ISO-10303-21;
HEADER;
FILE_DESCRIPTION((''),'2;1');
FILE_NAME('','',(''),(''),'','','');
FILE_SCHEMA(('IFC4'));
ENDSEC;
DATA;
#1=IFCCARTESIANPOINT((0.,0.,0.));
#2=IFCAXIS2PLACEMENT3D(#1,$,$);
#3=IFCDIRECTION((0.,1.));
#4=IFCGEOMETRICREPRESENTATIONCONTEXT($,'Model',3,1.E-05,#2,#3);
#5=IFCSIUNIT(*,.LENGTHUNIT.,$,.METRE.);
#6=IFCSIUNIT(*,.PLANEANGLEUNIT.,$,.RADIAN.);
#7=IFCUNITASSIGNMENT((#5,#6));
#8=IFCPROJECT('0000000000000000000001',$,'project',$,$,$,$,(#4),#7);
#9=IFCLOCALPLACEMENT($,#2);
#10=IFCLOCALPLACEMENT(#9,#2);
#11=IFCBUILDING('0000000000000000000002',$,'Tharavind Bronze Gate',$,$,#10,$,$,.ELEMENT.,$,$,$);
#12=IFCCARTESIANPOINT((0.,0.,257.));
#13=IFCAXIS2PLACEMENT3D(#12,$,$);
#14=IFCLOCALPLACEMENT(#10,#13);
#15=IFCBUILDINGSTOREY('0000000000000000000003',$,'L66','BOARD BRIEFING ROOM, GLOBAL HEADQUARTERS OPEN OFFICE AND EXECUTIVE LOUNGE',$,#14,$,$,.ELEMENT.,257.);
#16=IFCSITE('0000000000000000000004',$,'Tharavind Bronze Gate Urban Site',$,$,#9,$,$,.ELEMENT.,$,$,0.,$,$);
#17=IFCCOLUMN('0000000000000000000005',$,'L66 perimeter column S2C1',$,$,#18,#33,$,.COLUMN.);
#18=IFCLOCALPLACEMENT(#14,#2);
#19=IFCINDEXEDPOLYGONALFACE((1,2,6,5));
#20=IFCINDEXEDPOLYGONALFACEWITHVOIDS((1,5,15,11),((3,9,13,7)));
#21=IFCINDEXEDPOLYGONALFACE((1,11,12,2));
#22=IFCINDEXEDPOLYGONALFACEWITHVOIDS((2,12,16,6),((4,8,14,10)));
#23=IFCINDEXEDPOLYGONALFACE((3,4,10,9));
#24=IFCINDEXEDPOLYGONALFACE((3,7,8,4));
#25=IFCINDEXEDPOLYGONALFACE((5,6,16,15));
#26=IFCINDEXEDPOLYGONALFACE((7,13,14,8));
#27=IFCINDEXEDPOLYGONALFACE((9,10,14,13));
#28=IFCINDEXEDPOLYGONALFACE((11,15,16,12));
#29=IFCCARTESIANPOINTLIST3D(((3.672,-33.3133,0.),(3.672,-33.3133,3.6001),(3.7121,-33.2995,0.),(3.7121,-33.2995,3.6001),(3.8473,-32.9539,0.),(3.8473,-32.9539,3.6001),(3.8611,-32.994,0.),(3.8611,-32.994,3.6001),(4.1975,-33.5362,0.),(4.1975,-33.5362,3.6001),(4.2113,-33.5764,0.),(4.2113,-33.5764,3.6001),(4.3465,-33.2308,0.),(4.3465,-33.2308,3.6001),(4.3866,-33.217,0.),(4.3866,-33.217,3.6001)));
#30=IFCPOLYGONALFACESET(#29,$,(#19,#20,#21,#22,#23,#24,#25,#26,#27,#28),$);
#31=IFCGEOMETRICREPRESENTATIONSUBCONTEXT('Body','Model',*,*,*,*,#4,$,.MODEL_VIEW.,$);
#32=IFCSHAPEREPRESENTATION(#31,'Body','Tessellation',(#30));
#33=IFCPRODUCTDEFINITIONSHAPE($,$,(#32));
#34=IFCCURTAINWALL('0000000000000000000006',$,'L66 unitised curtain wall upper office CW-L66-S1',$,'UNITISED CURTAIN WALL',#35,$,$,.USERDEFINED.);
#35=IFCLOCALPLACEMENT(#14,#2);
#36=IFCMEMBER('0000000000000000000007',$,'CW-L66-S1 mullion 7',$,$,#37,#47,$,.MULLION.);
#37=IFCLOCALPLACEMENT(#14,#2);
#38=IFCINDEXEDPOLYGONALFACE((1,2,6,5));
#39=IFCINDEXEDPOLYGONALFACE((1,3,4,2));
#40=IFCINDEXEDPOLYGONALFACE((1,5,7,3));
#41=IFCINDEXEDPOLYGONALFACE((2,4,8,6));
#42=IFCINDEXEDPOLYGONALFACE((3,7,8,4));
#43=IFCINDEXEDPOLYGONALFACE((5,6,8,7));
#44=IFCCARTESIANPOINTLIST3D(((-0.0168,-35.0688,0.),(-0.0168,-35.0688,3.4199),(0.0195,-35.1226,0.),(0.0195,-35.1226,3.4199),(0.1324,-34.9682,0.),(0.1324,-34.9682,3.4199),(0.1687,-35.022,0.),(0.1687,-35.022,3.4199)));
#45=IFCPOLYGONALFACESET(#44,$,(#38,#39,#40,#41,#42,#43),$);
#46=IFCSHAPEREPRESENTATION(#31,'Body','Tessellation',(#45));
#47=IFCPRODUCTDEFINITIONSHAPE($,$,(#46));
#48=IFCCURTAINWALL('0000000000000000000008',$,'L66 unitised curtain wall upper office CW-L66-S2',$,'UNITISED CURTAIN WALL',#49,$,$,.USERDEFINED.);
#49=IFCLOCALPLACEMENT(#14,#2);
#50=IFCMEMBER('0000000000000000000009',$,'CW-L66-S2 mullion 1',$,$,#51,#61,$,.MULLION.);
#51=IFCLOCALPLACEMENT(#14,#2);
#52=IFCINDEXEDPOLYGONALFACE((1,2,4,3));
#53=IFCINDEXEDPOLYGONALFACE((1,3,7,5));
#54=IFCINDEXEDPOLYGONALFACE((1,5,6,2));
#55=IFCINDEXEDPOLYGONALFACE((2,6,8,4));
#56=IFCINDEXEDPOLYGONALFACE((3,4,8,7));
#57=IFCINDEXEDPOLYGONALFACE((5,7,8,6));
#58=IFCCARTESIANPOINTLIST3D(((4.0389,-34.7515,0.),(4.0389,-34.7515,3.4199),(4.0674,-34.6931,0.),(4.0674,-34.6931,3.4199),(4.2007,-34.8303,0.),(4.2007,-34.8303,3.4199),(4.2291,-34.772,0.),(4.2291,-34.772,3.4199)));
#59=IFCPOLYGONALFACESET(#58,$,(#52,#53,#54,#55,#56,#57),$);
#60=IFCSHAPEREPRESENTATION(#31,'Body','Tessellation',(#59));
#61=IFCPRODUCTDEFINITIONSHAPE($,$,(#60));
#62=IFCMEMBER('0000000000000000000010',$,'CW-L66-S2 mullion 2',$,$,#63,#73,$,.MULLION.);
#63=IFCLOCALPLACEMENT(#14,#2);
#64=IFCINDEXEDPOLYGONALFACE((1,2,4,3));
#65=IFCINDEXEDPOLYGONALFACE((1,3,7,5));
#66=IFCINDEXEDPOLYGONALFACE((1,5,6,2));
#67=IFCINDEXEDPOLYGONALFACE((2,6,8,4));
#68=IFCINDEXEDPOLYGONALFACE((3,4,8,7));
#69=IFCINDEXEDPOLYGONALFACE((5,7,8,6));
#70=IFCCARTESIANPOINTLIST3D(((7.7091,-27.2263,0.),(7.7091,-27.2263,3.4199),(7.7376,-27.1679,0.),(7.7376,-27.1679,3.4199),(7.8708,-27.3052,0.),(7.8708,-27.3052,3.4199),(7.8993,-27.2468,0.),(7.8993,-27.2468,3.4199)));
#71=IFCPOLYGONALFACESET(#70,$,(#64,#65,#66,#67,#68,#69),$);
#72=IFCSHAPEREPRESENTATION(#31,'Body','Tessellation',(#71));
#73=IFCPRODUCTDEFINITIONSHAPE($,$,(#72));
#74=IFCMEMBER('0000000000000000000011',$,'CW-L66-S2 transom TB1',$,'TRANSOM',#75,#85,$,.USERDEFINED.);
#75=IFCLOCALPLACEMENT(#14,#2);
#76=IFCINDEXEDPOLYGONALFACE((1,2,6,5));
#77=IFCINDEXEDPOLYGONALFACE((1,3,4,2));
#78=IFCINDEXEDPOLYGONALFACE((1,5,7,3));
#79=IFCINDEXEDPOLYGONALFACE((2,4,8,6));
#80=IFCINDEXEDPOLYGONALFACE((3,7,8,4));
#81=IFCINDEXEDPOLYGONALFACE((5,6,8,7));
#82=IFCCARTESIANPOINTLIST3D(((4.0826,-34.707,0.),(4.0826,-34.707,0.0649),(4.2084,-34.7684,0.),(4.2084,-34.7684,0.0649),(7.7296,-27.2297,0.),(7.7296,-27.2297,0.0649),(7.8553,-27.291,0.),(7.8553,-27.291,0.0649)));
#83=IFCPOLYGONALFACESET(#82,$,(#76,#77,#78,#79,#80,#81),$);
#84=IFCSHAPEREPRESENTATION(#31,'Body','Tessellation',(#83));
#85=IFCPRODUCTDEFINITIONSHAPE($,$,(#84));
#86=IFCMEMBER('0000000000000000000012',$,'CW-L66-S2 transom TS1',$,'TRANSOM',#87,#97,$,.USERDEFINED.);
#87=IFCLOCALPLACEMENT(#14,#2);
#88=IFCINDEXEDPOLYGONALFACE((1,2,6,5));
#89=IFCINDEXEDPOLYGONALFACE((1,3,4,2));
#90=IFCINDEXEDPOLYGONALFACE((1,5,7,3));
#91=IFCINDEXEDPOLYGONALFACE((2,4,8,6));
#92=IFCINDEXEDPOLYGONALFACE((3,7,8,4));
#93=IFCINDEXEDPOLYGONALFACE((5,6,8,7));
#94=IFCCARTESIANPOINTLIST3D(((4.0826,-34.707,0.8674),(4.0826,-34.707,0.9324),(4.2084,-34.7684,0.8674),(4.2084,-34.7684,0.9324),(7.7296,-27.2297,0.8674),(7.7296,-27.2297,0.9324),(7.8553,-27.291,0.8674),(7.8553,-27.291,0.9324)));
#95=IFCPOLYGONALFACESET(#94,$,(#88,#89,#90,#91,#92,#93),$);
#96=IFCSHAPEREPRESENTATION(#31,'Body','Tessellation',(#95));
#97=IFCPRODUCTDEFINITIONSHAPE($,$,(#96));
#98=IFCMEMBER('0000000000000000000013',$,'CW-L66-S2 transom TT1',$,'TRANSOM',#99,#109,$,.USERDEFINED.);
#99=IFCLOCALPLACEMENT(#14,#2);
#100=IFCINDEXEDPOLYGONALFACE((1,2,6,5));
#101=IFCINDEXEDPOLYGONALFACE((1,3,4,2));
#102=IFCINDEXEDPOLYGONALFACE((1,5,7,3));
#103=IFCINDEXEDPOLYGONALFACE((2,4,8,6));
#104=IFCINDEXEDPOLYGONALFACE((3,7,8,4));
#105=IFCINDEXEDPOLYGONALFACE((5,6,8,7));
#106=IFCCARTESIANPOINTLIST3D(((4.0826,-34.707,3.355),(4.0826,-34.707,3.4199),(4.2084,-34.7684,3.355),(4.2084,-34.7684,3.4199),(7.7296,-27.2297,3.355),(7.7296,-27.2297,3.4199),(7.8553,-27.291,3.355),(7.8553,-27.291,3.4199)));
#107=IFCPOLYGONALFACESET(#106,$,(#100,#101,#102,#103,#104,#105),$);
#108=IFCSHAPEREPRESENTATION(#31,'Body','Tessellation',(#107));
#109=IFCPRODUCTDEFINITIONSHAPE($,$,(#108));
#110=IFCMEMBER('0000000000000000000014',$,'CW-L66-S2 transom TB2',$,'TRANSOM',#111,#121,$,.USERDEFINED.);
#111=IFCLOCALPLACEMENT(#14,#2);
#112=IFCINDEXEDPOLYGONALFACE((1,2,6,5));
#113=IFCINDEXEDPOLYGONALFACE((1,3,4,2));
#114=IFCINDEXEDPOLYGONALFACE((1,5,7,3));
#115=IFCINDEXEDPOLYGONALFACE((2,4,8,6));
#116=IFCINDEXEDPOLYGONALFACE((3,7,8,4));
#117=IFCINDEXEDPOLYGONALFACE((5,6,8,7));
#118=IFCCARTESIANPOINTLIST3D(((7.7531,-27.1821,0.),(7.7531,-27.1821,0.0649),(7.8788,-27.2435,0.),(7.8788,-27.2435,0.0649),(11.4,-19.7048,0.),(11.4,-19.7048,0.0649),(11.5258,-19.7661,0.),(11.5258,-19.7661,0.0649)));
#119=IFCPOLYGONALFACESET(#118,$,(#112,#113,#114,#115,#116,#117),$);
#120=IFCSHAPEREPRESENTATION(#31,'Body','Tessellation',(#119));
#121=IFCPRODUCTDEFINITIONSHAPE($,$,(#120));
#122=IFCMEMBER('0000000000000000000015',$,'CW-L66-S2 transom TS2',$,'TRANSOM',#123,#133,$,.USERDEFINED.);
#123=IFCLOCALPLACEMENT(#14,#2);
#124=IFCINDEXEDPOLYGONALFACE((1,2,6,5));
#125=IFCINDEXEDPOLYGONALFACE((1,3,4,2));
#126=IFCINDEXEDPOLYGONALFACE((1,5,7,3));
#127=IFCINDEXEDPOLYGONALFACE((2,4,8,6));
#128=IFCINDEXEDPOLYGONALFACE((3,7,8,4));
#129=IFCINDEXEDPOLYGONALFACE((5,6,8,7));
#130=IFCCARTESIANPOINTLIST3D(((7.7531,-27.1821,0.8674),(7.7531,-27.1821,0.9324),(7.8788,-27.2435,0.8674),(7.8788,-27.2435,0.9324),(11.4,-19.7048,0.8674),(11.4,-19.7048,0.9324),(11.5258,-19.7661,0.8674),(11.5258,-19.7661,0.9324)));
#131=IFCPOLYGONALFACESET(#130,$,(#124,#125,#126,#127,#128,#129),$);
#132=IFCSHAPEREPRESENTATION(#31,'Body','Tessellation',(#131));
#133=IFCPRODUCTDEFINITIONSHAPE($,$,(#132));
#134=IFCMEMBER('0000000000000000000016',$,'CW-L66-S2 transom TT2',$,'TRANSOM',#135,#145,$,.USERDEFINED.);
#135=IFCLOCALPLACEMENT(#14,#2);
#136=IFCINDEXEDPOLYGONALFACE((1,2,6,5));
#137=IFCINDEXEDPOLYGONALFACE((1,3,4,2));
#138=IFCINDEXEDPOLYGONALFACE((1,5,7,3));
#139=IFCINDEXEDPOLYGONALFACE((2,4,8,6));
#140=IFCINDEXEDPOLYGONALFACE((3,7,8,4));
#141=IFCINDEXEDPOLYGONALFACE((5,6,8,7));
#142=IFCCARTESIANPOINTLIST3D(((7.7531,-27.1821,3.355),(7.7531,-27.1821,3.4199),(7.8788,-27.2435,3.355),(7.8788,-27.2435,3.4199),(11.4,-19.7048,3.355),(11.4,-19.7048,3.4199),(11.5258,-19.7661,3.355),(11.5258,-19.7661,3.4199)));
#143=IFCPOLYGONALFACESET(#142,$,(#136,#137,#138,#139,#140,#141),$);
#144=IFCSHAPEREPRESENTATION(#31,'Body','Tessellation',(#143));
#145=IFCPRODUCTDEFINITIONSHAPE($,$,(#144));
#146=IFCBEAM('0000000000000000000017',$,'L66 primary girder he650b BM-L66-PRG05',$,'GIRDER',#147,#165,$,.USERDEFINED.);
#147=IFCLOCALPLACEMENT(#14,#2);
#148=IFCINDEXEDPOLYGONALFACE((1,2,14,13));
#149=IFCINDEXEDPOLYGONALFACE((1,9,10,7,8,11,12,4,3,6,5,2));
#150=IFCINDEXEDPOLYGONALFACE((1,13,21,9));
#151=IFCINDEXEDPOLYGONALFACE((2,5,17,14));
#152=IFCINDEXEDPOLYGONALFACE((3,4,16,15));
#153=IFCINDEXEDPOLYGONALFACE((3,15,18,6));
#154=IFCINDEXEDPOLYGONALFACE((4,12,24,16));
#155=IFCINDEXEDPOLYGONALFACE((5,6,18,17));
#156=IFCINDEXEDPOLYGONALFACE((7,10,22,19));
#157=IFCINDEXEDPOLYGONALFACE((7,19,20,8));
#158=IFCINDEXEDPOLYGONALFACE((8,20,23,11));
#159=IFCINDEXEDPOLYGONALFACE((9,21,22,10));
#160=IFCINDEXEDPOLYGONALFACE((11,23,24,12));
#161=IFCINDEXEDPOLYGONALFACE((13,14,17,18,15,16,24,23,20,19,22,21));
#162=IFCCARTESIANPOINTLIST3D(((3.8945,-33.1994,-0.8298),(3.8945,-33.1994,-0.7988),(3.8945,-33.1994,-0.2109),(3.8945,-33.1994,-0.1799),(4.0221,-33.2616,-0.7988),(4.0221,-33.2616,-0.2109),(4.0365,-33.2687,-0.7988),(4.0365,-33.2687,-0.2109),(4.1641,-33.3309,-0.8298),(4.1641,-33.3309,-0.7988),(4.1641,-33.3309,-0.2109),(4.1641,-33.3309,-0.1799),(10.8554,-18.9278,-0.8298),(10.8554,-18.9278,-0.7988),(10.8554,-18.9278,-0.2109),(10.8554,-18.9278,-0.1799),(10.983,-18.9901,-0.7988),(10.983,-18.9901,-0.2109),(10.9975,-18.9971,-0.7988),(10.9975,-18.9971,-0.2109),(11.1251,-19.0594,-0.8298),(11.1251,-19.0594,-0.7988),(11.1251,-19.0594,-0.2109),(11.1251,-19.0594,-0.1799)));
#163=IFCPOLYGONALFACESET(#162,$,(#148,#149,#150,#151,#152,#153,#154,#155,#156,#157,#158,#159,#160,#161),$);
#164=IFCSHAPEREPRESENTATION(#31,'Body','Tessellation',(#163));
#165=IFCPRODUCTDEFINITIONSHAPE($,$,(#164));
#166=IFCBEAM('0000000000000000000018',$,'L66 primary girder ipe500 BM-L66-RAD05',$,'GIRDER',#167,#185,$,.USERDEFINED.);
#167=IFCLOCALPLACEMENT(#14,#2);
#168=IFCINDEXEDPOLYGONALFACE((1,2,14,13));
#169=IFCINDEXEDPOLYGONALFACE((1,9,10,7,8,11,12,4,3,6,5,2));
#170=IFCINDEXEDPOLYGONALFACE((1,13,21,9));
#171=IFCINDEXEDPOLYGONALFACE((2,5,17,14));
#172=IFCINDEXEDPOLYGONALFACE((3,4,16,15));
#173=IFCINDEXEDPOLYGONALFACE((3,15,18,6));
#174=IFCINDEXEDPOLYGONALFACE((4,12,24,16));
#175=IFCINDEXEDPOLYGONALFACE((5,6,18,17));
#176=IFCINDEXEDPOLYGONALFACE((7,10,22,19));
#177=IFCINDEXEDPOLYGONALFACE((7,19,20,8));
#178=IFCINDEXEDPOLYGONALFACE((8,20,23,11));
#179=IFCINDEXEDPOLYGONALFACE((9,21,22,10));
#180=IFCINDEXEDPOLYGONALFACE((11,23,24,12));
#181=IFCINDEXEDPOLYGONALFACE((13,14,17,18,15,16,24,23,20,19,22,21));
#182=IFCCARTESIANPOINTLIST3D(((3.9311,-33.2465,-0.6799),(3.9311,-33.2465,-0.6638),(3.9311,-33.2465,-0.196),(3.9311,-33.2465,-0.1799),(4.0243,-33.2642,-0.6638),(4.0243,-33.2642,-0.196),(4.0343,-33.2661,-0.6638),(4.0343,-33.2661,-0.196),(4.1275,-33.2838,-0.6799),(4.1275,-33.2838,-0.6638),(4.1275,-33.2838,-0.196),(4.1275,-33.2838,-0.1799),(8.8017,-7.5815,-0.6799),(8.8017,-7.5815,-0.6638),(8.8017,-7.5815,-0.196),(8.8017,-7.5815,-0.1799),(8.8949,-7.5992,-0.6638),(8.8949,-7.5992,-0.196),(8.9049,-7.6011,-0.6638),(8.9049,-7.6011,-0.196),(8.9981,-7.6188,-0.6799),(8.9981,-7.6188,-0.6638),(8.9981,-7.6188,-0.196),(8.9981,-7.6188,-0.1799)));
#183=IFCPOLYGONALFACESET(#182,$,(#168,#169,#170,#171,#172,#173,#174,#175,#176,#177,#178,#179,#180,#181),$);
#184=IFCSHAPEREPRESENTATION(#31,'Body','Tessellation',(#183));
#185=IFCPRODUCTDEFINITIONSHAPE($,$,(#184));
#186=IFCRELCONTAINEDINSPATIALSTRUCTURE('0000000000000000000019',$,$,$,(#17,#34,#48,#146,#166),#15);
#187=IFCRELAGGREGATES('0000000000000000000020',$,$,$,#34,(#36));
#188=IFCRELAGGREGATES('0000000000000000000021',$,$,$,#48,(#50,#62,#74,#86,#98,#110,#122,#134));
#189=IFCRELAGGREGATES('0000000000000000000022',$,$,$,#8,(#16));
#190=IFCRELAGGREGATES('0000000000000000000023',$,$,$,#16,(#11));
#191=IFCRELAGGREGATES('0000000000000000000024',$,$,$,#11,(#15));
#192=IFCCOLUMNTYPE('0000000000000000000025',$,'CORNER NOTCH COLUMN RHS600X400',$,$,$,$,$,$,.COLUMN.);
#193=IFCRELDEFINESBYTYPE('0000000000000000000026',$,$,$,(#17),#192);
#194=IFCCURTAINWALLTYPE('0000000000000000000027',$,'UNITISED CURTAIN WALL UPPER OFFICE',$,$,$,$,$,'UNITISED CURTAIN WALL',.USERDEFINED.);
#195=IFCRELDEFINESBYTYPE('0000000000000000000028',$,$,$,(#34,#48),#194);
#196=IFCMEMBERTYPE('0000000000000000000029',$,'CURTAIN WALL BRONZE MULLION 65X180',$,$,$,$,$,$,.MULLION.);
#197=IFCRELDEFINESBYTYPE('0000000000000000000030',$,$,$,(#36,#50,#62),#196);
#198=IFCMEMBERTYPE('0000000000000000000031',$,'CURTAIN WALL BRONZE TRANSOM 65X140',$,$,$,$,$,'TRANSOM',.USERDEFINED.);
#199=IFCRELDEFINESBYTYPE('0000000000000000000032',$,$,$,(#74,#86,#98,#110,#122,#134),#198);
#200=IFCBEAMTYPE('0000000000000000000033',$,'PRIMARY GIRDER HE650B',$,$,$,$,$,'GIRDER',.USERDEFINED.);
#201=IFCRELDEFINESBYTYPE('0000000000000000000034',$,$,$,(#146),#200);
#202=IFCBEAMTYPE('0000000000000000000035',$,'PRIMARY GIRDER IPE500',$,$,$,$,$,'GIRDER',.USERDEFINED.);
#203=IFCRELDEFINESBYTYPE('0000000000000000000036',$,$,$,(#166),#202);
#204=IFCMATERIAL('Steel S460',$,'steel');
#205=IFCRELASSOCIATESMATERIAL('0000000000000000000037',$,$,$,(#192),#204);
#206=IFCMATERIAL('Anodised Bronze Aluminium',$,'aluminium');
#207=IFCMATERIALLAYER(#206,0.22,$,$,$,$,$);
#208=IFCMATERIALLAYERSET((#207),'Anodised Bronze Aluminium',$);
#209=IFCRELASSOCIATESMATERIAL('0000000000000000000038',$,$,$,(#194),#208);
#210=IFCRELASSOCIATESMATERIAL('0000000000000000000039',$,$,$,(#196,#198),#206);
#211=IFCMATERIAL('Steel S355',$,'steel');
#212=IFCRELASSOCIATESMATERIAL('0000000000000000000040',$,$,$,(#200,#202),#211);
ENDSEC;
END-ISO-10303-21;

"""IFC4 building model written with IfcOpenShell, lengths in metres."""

from ifc_helpers import new_model, si_unit, direction, frame, origin, origin_2d, place, context, subcontext, project, spatial, rectangle, hollow_rectangle, i_section, extrude, material, layer, layer_set, material_profile, profile_set, type_object, element, aggregate, save


model = new_model("IFC4")

# Units and contexts
model_context = context("Model", 3, precision=1e-05, world=origin(), true_north=direction((0.0, 1.0)))
body_context = subcontext(model_context, "Body", "Model", "MODEL_VIEW")
ifc_project = project(units=[si_unit("LENGTHUNIT", "METRE"), si_unit("PLANEANGLEUNIT", "RADIAN")], contexts=[model_context])

# Site, building, storey
site_placement = place(None, origin())
site = spatial("IfcSite", under=ifc_project, at=site_placement, Name="Tharavind Bronze Gate Urban Site", CompositionType="ELEMENT", RefElevation=0.0)
building_placement = place(site_placement, origin())
building = spatial("IfcBuilding", under=site, at=building_placement, Name="Tharavind Bronze Gate", CompositionType="ELEMENT")
storey_placement = place(building_placement, frame((0.0, 0.0, 257.0)))
storey = spatial("IfcBuildingStorey", under=building, at=storey_placement, Name="L66", Description="BOARD BRIEFING ROOM, GLOBAL HEADQUARTERS OPEN OFFICE AND EXECUTIVE LOUNGE", CompositionType="ELEMENT", Elevation=257.0)

# Column
ifc_material_1 = material(Name="Steel S460", Category="steel")
ifc_material_profile_1 = material_profile(ifc_material_1, hollow_rectangle(XDim=0.3999, YDim=0.6001, WallThickness=0.03, at=origin_2d()), Name="RHS600X400X30")
ifc_profile_set_1 = profile_set([ifc_material_profile_1], Name="Steel S460")
column_type = type_object("IfcColumnType", Name="CORNER NOTCH COLUMN RHS600X400", PredefinedType="COLUMN", material=ifc_profile_set_1)
column_placement = place(storey_placement, frame((4.0293, -33.2651, 0.0), z_axis=(0.0, 0.0, 1.0), x_axis=(0.438373, 0.898793, 0.0)))
element("IfcColumn", 1, at=column_placement, inside=storey, type_object=column_type, Name="L66 perimeter column S2C1", PredefinedType="COLUMN", context=body_context, shape_type="SweptSolid", body=[
    extrude(hollow_rectangle(XDim=0.3999, YDim=0.6001, WallThickness=0.03, at=origin_2d()), origin(), (0.0, 0.0, 1.0), 3.6001),
])

# Curtain wall, member
ifc_material_2 = material(Name="Anodised Bronze Aluminium", Category="aluminium")
ifc_layer_1 = layer(ifc_material_2, 0.22)
ifc_layer_set_1 = layer_set([ifc_layer_1], Name="Anodised Bronze Aluminium")
curtain_wall_type = type_object("IfcCurtainWallType", Name="UNITISED CURTAIN WALL UPPER OFFICE", ElementType="UNITISED CURTAIN WALL", PredefinedType="USERDEFINED", material=ifc_layer_set_1)
curtain_wall_1_placement = place(storey_placement, origin())
curtain_wall_1 = element("IfcCurtainWall", 2, at=curtain_wall_1_placement, inside=storey, type_object=curtain_wall_type, Name="L66 unitised curtain wall upper office CW-L66-S1", ObjectType="UNITISED CURTAIN WALL", PredefinedType="USERDEFINED")
member_type_1 = type_object("IfcMemberType", Name="CURTAIN WALL BRONZE MULLION 65X180", PredefinedType="MULLION", material=ifc_material_2)
member_1_placement = place(storey_placement, frame((0.0759, -35.0454, 0.0), z_axis=(0.0, 0.0, 1.0), x_axis=(0.559191, -0.829039, 0.0)))
member_1 = element("IfcMember", 3, at=member_1_placement, type_object=member_type_1, Name="CW-L66-S1 mullion 7", PredefinedType="MULLION", context=body_context, shape_type="SweptSolid", body=[
    extrude(rectangle(XDim=0.0649, YDim=0.1799, at=origin_2d()), origin(), (0.0, 0.0, 1.0), 3.4199),
])
aggregate(curtain_wall_1, [member_1])

# Curtain wall, members
curtain_wall_2_placement = place(storey_placement, origin())
curtain_wall_2 = element("IfcCurtainWall", 4, at=curtain_wall_2_placement, inside=storey, type_object=curtain_wall_type, Name="L66 unitised curtain wall upper office CW-L66-S2", ObjectType="UNITISED CURTAIN WALL", PredefinedType="USERDEFINED")
member_2_placement = place(storey_placement, frame((4.134, -34.7617, 0.0), z_axis=(0.0, 0.0, 1.0), x_axis=(0.438373, 0.898793, 0.0)))
member_2 = element("IfcMember", 5, at=member_2_placement, type_object=member_type_1, Name="CW-L66-S2 mullion 1", PredefinedType="MULLION", context=body_context, shape_type="SweptSolid", body=[
    extrude(rectangle(XDim=0.0649, YDim=0.1799, at=origin_2d()), origin(), (0.0, 0.0, 1.0), 3.4199),
])
member_3_placement = place(storey_placement, frame((7.8042, -27.2366, 0.0), z_axis=(0.0, 0.0, 1.0), x_axis=(0.438373, 0.898793, 0.0)))
member_3 = element("IfcMember", 6, at=member_3_placement, type_object=member_type_1, Name="CW-L66-S2 mullion 2", PredefinedType="MULLION", context=body_context, shape_type="SweptSolid", body=[
    extrude(rectangle(XDim=0.0649, YDim=0.1799, at=origin_2d()), origin(), (0.0, 0.0, 1.0), 3.4199),
])
member_type_2 = type_object("IfcMemberType", Name="CURTAIN WALL BRONZE TRANSOM 65X140", ElementType="TRANSOM", PredefinedType="USERDEFINED", material=ifc_material_2)
member_4_placement = place(storey_placement, frame((5.969, -30.999, 0.0), z_axis=(0.0, 0.0, 1.0), x_axis=(0.438373, 0.898793, 0.0)))
member_4 = element("IfcMember", 7, at=member_4_placement, type_object=member_type_2, Name="CW-L66-S2 transom TB1", ObjectType="TRANSOM", PredefinedType="USERDEFINED", context=body_context, shape_type="SweptSolid", body=[
    extrude(rectangle(XDim=8.3193, YDim=0.1399, at=origin_2d()), origin(), (0.0, 0.0, 1.0), 0.0649),
])
member_5_placement = place(storey_placement, frame((5.969, -30.999, 0.8674), z_axis=(0.0, 0.0, 1.0), x_axis=(0.438373, 0.898793, 0.0)))
member_5 = element("IfcMember", 8, at=member_5_placement, type_object=member_type_2, Name="CW-L66-S2 transom TS1", ObjectType="TRANSOM", PredefinedType="USERDEFINED", context=body_context, shape_type="SweptSolid", body=[
    extrude(rectangle(XDim=8.3193, YDim=0.1399, at=origin_2d()), origin(), (0.0, 0.0, 1.0), 0.0649),
])
member_6_placement = place(storey_placement, frame((5.969, -30.999, 3.355), z_axis=(0.0, 0.0, 1.0), x_axis=(0.438373, 0.898793, 0.0)))
member_6 = element("IfcMember", 9, at=member_6_placement, type_object=member_type_2, Name="CW-L66-S2 transom TT1", ObjectType="TRANSOM", PredefinedType="USERDEFINED", context=body_context, shape_type="SweptSolid", body=[
    extrude(rectangle(XDim=8.3193, YDim=0.1399, at=origin_2d()), origin(), (0.0, 0.0, 1.0), 0.0649),
])
member_7_placement = place(storey_placement, frame((9.6394, -23.4741, 0.0), z_axis=(0.0, 0.0, 1.0), x_axis=(0.438373, 0.898793, 0.0)))
member_7 = element("IfcMember", 10, at=member_7_placement, type_object=member_type_2, Name="CW-L66-S2 transom TB2", ObjectType="TRANSOM", PredefinedType="USERDEFINED", context=body_context, shape_type="SweptSolid", body=[
    extrude(rectangle(XDim=8.3193, YDim=0.1399, at=origin_2d()), origin(), (0.0, 0.0, 1.0), 0.0649),
])
member_8_placement = place(storey_placement, frame((9.6394, -23.4741, 0.8674), z_axis=(0.0, 0.0, 1.0), x_axis=(0.438373, 0.898793, 0.0)))
member_8 = element("IfcMember", 11, at=member_8_placement, type_object=member_type_2, Name="CW-L66-S2 transom TS2", ObjectType="TRANSOM", PredefinedType="USERDEFINED", context=body_context, shape_type="SweptSolid", body=[
    extrude(rectangle(XDim=8.3193, YDim=0.1399, at=origin_2d()), origin(), (0.0, 0.0, 1.0), 0.0649),
])
member_9_placement = place(storey_placement, frame((9.6394, -23.4741, 3.355), z_axis=(0.0, 0.0, 1.0), x_axis=(0.438373, 0.898793, 0.0)))
member_9 = element("IfcMember", 12, at=member_9_placement, type_object=member_type_2, Name="CW-L66-S2 transom TT2", ObjectType="TRANSOM", PredefinedType="USERDEFINED", context=body_context, shape_type="SweptSolid", body=[
    extrude(rectangle(XDim=8.3193, YDim=0.1399, at=origin_2d()), origin(), (0.0, 0.0, 1.0), 0.0649),
])

# Beams
ifc_material_3 = material(Name="Steel S355", Category="steel")
ifc_material_profile_2 = material_profile(ifc_material_3, i_section(OverallWidth=0.3, OverallDepth=0.6499, WebThickness=0.0161, FlangeThickness=0.031, at=origin_2d()), Name="HE650B")
ifc_profile_set_2 = profile_set([ifc_material_profile_2], Name="Steel S355")
beam_type_1 = type_object("IfcBeamType", Name="PRIMARY GIRDER HE650B", ElementType="GIRDER", PredefinedType="USERDEFINED", material=ifc_profile_set_2)
beam_1_placement = place(storey_placement, frame((4.0293, -33.2651, -0.5049), z_axis=(0.438385, 0.898787, 0.0), x_axis=(-0.898787, 0.438385, 0.0)))
element("IfcBeam", 13, at=beam_1_placement, inside=storey, type_object=beam_type_1, Name="L66 primary girder he650b BM-L66-PRG05", ObjectType="GIRDER", PredefinedType="USERDEFINED", context=body_context, shape_type="SweptSolid", body=[
    extrude(i_section(OverallWidth=0.3, OverallDepth=0.6499, WebThickness=0.0161, FlangeThickness=0.031, at=origin_2d()), origin(), (0.0, 0.0, 1.0), 15.8787),
])
ifc_material_profile_3 = material_profile(ifc_material_3, i_section(OverallWidth=0.2, OverallDepth=0.5, WebThickness=0.0103, FlangeThickness=0.0161, at=origin_2d()), Name="IPE500")
ifc_profile_set_3 = profile_set([ifc_material_profile_3], Name="Steel S355")
beam_type_2 = type_object("IfcBeamType", Name="PRIMARY GIRDER IPE500", ElementType="GIRDER", PredefinedType="USERDEFINED", material=ifc_profile_set_3)
beam_2_placement = place(storey_placement, frame((4.0293, -33.2651, -0.4299), z_axis=(0.186448, 0.982465, 0.0), x_axis=(-0.982465, 0.186448, 0.0)))
element("IfcBeam", 14, at=beam_2_placement, inside=storey, type_object=beam_type_2, Name="L66 primary girder ipe500 BM-L66-RAD05", ObjectType="GIRDER", PredefinedType="USERDEFINED", context=body_context, shape_type="SweptSolid", body=[
    extrude(i_section(OverallWidth=0.2, OverallDepth=0.5, WebThickness=0.0103, FlangeThickness=0.0161, at=origin_2d()), origin(), (0.0, 0.0, 1.0), 26.123),
])

aggregate(curtain_wall_2, [member_2, member_3, member_4, member_5, member_6, member_7, member_8, member_9])

save(model, "model.ifc")
